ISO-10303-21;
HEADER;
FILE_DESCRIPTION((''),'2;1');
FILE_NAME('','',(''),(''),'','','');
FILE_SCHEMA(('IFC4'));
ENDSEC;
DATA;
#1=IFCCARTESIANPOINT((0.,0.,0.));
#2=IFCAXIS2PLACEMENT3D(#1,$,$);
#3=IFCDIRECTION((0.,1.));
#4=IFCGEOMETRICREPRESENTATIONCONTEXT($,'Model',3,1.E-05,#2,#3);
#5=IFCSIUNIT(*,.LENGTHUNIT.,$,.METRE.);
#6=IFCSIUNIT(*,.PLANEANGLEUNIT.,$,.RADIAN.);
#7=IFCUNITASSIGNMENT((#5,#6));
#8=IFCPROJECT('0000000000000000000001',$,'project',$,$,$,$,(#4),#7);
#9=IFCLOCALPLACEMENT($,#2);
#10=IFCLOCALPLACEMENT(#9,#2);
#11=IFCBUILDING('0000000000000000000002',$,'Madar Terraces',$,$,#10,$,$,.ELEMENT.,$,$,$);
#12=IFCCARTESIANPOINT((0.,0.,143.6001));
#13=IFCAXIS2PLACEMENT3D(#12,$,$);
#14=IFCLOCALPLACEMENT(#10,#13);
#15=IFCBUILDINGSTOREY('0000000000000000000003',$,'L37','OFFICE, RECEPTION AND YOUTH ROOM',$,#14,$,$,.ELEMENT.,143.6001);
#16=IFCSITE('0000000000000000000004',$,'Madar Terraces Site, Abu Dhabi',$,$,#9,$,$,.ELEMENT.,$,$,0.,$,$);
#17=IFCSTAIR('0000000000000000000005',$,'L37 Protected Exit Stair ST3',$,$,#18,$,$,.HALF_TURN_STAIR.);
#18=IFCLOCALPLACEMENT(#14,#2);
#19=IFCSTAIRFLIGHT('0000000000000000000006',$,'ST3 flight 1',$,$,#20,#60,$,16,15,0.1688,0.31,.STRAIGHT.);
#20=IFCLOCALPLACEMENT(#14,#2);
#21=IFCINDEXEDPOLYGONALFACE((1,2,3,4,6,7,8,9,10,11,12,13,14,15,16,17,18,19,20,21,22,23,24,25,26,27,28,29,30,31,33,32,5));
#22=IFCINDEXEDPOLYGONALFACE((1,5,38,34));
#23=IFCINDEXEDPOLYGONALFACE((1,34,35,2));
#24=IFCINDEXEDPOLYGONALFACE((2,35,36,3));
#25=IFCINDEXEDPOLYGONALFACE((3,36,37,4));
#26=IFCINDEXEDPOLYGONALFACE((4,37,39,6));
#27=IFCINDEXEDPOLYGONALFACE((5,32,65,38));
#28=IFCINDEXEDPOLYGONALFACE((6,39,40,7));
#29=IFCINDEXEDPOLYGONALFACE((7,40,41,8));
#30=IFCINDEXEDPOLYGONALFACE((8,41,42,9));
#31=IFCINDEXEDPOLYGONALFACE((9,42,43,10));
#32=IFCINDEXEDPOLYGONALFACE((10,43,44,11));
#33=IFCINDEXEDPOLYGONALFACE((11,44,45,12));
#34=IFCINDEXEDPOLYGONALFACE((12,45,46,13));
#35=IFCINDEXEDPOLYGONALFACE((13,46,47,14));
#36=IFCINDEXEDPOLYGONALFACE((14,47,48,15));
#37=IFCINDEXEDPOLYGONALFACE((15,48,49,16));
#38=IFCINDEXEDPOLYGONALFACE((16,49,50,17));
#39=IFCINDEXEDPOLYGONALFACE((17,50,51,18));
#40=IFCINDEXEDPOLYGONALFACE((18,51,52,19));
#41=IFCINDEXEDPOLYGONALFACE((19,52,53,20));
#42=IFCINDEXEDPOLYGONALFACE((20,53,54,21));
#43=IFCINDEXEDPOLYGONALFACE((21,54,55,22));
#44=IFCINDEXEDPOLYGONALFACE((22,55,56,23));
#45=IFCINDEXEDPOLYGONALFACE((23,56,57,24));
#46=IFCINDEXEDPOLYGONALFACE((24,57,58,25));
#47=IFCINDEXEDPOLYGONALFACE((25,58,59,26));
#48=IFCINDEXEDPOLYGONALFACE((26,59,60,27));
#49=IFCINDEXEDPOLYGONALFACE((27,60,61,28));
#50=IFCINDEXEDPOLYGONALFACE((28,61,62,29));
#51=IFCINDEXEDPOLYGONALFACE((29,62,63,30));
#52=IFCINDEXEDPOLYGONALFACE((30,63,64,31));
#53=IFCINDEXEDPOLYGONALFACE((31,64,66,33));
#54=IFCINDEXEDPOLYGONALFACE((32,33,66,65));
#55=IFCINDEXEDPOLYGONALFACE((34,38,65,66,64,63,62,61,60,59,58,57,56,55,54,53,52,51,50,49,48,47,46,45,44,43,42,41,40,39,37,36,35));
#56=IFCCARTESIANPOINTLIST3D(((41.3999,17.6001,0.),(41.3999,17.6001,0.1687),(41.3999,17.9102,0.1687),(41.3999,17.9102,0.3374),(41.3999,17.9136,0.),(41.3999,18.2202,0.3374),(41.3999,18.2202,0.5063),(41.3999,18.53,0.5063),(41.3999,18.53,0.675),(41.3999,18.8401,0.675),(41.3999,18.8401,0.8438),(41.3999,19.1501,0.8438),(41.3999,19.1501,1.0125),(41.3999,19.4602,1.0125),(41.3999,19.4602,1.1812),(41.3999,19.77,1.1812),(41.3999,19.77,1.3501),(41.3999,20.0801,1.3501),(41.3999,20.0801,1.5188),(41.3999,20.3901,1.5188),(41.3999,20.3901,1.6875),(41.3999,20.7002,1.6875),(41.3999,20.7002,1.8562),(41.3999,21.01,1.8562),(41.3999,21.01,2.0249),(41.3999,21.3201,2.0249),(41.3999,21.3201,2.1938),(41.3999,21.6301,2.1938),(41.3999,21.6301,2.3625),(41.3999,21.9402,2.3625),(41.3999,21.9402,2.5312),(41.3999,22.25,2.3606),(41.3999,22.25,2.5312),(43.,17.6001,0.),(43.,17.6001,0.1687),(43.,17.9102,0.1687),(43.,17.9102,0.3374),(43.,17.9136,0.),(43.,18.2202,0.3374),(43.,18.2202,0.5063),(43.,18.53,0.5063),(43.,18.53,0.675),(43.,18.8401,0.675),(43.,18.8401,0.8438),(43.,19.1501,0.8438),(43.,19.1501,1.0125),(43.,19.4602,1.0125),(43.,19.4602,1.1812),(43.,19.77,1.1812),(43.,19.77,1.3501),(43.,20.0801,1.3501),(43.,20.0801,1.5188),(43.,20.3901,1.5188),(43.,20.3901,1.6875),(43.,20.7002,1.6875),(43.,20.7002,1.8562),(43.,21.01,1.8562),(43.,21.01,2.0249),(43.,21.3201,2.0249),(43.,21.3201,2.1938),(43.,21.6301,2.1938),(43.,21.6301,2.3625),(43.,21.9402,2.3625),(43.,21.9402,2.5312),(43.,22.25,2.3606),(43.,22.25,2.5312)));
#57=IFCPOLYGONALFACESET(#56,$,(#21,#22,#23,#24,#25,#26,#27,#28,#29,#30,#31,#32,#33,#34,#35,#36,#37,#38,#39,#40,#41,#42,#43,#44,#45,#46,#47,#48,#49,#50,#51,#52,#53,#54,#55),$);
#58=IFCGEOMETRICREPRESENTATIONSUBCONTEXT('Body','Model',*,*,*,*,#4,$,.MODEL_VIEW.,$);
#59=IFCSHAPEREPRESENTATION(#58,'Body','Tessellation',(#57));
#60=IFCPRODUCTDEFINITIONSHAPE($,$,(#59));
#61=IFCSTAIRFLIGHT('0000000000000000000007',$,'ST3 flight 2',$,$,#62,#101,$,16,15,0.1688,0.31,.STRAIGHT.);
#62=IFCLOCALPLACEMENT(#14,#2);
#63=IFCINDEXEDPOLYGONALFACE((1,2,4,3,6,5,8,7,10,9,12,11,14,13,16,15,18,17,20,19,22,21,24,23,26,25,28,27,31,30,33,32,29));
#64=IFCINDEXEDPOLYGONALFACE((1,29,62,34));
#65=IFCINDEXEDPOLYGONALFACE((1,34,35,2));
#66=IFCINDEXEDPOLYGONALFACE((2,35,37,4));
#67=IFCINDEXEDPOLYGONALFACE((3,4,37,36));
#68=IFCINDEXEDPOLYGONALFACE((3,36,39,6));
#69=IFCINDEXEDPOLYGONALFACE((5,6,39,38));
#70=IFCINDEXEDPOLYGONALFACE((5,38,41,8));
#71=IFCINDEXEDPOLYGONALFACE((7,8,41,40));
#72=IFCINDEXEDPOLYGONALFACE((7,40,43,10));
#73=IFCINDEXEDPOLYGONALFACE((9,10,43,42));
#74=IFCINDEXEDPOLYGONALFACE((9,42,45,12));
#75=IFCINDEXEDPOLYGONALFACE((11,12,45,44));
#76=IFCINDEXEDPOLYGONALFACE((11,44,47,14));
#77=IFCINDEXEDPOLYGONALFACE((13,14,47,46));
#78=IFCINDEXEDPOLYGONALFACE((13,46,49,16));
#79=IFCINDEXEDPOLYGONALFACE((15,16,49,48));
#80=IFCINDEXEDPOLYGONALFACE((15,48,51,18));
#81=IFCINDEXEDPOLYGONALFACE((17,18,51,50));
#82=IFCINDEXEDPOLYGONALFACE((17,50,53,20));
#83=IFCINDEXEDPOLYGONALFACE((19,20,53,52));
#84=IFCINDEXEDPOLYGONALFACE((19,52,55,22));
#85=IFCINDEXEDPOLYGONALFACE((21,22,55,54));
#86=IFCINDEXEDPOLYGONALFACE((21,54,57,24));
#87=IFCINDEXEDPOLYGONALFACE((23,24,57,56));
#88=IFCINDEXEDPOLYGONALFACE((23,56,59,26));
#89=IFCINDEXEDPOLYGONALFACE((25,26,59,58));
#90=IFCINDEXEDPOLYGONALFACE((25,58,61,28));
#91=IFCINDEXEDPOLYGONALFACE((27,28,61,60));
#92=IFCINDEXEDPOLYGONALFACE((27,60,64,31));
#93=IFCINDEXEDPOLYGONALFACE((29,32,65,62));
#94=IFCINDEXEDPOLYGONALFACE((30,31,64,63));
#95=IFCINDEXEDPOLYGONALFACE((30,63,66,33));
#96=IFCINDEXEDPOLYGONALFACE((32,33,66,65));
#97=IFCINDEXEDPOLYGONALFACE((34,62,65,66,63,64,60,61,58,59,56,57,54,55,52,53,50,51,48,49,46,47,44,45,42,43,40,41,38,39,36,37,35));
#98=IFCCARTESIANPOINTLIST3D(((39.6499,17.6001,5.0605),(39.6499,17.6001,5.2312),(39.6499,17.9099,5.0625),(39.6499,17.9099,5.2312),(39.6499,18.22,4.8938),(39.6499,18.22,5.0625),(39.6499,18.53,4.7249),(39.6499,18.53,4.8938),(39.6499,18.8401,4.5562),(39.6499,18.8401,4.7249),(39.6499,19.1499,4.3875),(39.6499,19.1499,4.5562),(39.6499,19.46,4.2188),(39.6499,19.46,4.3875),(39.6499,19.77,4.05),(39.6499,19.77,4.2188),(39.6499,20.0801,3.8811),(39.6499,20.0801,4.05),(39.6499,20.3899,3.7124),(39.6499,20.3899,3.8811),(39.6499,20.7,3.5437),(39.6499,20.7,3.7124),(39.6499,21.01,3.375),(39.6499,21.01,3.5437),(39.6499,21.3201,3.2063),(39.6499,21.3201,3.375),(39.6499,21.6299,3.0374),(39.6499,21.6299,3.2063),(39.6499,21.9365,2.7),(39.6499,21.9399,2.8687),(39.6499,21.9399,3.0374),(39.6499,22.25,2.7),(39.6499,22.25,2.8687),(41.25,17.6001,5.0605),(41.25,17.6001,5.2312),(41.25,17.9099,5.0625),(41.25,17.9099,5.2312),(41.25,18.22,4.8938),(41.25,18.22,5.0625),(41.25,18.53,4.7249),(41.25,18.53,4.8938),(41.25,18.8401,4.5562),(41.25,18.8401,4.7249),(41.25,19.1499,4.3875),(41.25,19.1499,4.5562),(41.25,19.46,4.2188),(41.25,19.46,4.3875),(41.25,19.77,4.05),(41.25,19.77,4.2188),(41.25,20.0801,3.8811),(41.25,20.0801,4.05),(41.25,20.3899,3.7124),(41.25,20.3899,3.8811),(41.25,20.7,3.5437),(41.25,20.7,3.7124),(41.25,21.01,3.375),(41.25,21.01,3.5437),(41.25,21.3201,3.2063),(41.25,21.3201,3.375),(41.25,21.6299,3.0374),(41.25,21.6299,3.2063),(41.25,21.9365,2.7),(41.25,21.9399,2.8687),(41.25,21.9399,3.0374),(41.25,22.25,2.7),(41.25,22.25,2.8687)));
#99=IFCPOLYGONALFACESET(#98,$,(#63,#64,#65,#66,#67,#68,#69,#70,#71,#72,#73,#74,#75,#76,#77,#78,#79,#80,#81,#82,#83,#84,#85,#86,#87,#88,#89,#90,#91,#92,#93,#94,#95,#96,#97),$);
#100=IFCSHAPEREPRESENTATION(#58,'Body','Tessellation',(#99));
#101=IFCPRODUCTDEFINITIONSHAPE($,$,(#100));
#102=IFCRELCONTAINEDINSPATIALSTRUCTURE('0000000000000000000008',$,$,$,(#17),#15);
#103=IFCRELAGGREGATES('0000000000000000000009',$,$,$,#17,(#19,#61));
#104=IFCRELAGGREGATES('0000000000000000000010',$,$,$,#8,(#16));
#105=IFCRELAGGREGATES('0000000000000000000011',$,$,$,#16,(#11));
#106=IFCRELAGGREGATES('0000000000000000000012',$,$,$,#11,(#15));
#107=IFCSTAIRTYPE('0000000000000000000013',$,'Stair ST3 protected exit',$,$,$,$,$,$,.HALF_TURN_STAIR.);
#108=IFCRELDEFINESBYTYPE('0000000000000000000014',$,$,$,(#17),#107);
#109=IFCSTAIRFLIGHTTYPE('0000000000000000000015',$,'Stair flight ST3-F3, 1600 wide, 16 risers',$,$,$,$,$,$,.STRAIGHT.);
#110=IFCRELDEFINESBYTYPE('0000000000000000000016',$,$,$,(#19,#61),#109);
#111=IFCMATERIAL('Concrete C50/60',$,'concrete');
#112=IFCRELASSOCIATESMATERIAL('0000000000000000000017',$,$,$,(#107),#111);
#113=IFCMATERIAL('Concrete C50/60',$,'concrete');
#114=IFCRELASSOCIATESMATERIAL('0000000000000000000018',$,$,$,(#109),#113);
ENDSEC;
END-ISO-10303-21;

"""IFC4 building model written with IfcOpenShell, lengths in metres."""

from ifc_helpers import new_model, si_unit, direction, frame, origin, place, context, subcontext, project, spatial, polyline, outline, extrude, material, type_object, element, aggregate, save


model = new_model("IFC4")

# Units and contexts
model_context = context("Model", 3, precision=1e-05, world=origin(), true_north=direction((0.0, 1.0)))
body_context = subcontext(model_context, "Body", "Model", "MODEL_VIEW")
ifc_project = project(units=[si_unit("LENGTHUNIT", "METRE"), si_unit("PLANEANGLEUNIT", "RADIAN")], contexts=[model_context])

# Site, building, storey
site_placement = place(None, origin())
site = spatial("IfcSite", under=ifc_project, at=site_placement, Name="Madar Terraces Site, Abu Dhabi", CompositionType="ELEMENT", RefElevation=0.0)
building_placement = place(site_placement, origin())
building = spatial("IfcBuilding", under=site, at=building_placement, Name="Madar Terraces", CompositionType="ELEMENT")
storey_placement = place(building_placement, frame((0.0, 0.0, 143.6001)))
storey = spatial("IfcBuildingStorey", under=building, at=storey_placement, Name="L37", Description="OFFICE, RECEPTION AND YOUTH ROOM", CompositionType="ELEMENT", Elevation=143.6001)

# Stair, stair flights
ifc_material_1 = material(Name="Concrete C50/60", Category="concrete")
stair_type = type_object("IfcStairType", Name="Stair ST3 protected exit", PredefinedType="HALF_TURN_STAIR", material=ifc_material_1)
stair_placement = place(storey_placement, origin())
stair = element("IfcStair", 1, at=stair_placement, inside=storey, type_object=stair_type, Name="L37 Protected Exit Stair ST3", PredefinedType="HALF_TURN_STAIR")
ifc_material_2 = material(Name="Concrete C50/60", Category="concrete")
stair_flight_type = type_object("IfcStairFlightType", Name="Stair flight ST3-F3, 1600 wide, 16 risers", PredefinedType="STRAIGHT", material=ifc_material_2)
stair_flight_1_placement = place(storey_placement, frame((42.2, 17.6001, 0.0), z_axis=(0.0, 0.0, 1.0), x_axis=(0.0, 1.0, 0.0)))
stair_flight_1 = element("IfcStairFlight", 2, at=stair_flight_1_placement, type_object=stair_flight_type, Name="ST3 flight 1", NumberOfRisers=16, NumberOfTreads=15, PredefinedType="STRAIGHT", RiserHeight=0.1688, TreadLength=0.31, context=body_context, shape_type="SweptSolid", body=[
    extrude(outline(polyline([(0.0, 0.0), (0.0, 0.1687), (0.3101, 0.1687), (0.3101, 0.3374), (0.6201, 0.3374), (0.6201, 0.5063), (0.9299, 0.5063), (0.9299, 0.675), (1.24, 0.675), (1.24, 0.8438), (1.55, 0.8438), (1.55, 1.0125), (1.8601, 1.0125), (1.8601, 1.1812), (2.1699, 1.1812), (2.1699, 1.3501), (2.48, 1.3501), (2.48, 1.5188), (2.79, 1.5188), (2.79, 1.6875), (3.1001, 1.6875), (3.1001, 1.8562), (3.4099, 1.8562), (3.4099, 2.0249), (3.72, 2.0249), (3.72, 2.1938), (4.03, 2.1938), (4.03, 2.3625), (4.3401, 2.3625), (4.3401, 2.5312), (4.6499, 2.5312), (4.6499, 2.7), (4.6499, 2.3606), (0.3135, 0.0), (0.0, 0.0)])), frame((0.0, 0.8, 0.0), z_axis=(0.0, -1.0, 0.0), x_axis=(1.0, 0.0, 0.0)), (0.0, 0.0, 1.0), 1.6001),
])
stair_flight_2_placement = place(storey_placement, frame((40.45, 22.25, 2.7), z_axis=(0.0, 0.0, 1.0), x_axis=(0.0, -1.0, 0.0)))
stair_flight_2 = element("IfcStairFlight", 3, at=stair_flight_2_placement, type_object=stair_flight_type, Name="ST3 flight 2", NumberOfRisers=16, NumberOfTreads=15, PredefinedType="STRAIGHT", RiserHeight=0.1688, TreadLength=0.31, context=body_context, shape_type="SweptSolid", body=[
    extrude(outline(polyline([(0.0, 0.0), (0.0, 0.1687), (0.3101, 0.1687), (0.3101, 0.3374), (0.6201, 0.3374), (0.6201, 0.5063), (0.9299, 0.5063), (0.9299, 0.675), (1.24, 0.675), (1.24, 0.8438), (1.55, 0.8438), (1.55, 1.0125), (1.8601, 1.0125), (1.8601, 1.1812), (2.1699, 1.1812), (2.1699, 1.3501), (2.48, 1.3501), (2.48, 1.5188), (2.79, 1.5188), (2.79, 1.6875), (3.1001, 1.6875), (3.1001, 1.8562), (3.4099, 1.8562), (3.4099, 2.0249), (3.72, 2.0249), (3.72, 2.1938), (4.03, 2.1938), (4.03, 2.3625), (4.3401, 2.3625), (4.3401, 2.5312), (4.6499, 2.5312), (4.6499, 2.7), (4.6499, 2.3606), (0.3135, 0.0), (0.0, 0.0)])), frame((0.0, 0.8, 0.0), z_axis=(0.0, -1.0, 0.0), x_axis=(1.0, 0.0, 0.0)), (0.0, 0.0, 1.0), 1.6001),
])
aggregate(stair, [stair_flight_1, stair_flight_2])

save(model, "model.ifc")
